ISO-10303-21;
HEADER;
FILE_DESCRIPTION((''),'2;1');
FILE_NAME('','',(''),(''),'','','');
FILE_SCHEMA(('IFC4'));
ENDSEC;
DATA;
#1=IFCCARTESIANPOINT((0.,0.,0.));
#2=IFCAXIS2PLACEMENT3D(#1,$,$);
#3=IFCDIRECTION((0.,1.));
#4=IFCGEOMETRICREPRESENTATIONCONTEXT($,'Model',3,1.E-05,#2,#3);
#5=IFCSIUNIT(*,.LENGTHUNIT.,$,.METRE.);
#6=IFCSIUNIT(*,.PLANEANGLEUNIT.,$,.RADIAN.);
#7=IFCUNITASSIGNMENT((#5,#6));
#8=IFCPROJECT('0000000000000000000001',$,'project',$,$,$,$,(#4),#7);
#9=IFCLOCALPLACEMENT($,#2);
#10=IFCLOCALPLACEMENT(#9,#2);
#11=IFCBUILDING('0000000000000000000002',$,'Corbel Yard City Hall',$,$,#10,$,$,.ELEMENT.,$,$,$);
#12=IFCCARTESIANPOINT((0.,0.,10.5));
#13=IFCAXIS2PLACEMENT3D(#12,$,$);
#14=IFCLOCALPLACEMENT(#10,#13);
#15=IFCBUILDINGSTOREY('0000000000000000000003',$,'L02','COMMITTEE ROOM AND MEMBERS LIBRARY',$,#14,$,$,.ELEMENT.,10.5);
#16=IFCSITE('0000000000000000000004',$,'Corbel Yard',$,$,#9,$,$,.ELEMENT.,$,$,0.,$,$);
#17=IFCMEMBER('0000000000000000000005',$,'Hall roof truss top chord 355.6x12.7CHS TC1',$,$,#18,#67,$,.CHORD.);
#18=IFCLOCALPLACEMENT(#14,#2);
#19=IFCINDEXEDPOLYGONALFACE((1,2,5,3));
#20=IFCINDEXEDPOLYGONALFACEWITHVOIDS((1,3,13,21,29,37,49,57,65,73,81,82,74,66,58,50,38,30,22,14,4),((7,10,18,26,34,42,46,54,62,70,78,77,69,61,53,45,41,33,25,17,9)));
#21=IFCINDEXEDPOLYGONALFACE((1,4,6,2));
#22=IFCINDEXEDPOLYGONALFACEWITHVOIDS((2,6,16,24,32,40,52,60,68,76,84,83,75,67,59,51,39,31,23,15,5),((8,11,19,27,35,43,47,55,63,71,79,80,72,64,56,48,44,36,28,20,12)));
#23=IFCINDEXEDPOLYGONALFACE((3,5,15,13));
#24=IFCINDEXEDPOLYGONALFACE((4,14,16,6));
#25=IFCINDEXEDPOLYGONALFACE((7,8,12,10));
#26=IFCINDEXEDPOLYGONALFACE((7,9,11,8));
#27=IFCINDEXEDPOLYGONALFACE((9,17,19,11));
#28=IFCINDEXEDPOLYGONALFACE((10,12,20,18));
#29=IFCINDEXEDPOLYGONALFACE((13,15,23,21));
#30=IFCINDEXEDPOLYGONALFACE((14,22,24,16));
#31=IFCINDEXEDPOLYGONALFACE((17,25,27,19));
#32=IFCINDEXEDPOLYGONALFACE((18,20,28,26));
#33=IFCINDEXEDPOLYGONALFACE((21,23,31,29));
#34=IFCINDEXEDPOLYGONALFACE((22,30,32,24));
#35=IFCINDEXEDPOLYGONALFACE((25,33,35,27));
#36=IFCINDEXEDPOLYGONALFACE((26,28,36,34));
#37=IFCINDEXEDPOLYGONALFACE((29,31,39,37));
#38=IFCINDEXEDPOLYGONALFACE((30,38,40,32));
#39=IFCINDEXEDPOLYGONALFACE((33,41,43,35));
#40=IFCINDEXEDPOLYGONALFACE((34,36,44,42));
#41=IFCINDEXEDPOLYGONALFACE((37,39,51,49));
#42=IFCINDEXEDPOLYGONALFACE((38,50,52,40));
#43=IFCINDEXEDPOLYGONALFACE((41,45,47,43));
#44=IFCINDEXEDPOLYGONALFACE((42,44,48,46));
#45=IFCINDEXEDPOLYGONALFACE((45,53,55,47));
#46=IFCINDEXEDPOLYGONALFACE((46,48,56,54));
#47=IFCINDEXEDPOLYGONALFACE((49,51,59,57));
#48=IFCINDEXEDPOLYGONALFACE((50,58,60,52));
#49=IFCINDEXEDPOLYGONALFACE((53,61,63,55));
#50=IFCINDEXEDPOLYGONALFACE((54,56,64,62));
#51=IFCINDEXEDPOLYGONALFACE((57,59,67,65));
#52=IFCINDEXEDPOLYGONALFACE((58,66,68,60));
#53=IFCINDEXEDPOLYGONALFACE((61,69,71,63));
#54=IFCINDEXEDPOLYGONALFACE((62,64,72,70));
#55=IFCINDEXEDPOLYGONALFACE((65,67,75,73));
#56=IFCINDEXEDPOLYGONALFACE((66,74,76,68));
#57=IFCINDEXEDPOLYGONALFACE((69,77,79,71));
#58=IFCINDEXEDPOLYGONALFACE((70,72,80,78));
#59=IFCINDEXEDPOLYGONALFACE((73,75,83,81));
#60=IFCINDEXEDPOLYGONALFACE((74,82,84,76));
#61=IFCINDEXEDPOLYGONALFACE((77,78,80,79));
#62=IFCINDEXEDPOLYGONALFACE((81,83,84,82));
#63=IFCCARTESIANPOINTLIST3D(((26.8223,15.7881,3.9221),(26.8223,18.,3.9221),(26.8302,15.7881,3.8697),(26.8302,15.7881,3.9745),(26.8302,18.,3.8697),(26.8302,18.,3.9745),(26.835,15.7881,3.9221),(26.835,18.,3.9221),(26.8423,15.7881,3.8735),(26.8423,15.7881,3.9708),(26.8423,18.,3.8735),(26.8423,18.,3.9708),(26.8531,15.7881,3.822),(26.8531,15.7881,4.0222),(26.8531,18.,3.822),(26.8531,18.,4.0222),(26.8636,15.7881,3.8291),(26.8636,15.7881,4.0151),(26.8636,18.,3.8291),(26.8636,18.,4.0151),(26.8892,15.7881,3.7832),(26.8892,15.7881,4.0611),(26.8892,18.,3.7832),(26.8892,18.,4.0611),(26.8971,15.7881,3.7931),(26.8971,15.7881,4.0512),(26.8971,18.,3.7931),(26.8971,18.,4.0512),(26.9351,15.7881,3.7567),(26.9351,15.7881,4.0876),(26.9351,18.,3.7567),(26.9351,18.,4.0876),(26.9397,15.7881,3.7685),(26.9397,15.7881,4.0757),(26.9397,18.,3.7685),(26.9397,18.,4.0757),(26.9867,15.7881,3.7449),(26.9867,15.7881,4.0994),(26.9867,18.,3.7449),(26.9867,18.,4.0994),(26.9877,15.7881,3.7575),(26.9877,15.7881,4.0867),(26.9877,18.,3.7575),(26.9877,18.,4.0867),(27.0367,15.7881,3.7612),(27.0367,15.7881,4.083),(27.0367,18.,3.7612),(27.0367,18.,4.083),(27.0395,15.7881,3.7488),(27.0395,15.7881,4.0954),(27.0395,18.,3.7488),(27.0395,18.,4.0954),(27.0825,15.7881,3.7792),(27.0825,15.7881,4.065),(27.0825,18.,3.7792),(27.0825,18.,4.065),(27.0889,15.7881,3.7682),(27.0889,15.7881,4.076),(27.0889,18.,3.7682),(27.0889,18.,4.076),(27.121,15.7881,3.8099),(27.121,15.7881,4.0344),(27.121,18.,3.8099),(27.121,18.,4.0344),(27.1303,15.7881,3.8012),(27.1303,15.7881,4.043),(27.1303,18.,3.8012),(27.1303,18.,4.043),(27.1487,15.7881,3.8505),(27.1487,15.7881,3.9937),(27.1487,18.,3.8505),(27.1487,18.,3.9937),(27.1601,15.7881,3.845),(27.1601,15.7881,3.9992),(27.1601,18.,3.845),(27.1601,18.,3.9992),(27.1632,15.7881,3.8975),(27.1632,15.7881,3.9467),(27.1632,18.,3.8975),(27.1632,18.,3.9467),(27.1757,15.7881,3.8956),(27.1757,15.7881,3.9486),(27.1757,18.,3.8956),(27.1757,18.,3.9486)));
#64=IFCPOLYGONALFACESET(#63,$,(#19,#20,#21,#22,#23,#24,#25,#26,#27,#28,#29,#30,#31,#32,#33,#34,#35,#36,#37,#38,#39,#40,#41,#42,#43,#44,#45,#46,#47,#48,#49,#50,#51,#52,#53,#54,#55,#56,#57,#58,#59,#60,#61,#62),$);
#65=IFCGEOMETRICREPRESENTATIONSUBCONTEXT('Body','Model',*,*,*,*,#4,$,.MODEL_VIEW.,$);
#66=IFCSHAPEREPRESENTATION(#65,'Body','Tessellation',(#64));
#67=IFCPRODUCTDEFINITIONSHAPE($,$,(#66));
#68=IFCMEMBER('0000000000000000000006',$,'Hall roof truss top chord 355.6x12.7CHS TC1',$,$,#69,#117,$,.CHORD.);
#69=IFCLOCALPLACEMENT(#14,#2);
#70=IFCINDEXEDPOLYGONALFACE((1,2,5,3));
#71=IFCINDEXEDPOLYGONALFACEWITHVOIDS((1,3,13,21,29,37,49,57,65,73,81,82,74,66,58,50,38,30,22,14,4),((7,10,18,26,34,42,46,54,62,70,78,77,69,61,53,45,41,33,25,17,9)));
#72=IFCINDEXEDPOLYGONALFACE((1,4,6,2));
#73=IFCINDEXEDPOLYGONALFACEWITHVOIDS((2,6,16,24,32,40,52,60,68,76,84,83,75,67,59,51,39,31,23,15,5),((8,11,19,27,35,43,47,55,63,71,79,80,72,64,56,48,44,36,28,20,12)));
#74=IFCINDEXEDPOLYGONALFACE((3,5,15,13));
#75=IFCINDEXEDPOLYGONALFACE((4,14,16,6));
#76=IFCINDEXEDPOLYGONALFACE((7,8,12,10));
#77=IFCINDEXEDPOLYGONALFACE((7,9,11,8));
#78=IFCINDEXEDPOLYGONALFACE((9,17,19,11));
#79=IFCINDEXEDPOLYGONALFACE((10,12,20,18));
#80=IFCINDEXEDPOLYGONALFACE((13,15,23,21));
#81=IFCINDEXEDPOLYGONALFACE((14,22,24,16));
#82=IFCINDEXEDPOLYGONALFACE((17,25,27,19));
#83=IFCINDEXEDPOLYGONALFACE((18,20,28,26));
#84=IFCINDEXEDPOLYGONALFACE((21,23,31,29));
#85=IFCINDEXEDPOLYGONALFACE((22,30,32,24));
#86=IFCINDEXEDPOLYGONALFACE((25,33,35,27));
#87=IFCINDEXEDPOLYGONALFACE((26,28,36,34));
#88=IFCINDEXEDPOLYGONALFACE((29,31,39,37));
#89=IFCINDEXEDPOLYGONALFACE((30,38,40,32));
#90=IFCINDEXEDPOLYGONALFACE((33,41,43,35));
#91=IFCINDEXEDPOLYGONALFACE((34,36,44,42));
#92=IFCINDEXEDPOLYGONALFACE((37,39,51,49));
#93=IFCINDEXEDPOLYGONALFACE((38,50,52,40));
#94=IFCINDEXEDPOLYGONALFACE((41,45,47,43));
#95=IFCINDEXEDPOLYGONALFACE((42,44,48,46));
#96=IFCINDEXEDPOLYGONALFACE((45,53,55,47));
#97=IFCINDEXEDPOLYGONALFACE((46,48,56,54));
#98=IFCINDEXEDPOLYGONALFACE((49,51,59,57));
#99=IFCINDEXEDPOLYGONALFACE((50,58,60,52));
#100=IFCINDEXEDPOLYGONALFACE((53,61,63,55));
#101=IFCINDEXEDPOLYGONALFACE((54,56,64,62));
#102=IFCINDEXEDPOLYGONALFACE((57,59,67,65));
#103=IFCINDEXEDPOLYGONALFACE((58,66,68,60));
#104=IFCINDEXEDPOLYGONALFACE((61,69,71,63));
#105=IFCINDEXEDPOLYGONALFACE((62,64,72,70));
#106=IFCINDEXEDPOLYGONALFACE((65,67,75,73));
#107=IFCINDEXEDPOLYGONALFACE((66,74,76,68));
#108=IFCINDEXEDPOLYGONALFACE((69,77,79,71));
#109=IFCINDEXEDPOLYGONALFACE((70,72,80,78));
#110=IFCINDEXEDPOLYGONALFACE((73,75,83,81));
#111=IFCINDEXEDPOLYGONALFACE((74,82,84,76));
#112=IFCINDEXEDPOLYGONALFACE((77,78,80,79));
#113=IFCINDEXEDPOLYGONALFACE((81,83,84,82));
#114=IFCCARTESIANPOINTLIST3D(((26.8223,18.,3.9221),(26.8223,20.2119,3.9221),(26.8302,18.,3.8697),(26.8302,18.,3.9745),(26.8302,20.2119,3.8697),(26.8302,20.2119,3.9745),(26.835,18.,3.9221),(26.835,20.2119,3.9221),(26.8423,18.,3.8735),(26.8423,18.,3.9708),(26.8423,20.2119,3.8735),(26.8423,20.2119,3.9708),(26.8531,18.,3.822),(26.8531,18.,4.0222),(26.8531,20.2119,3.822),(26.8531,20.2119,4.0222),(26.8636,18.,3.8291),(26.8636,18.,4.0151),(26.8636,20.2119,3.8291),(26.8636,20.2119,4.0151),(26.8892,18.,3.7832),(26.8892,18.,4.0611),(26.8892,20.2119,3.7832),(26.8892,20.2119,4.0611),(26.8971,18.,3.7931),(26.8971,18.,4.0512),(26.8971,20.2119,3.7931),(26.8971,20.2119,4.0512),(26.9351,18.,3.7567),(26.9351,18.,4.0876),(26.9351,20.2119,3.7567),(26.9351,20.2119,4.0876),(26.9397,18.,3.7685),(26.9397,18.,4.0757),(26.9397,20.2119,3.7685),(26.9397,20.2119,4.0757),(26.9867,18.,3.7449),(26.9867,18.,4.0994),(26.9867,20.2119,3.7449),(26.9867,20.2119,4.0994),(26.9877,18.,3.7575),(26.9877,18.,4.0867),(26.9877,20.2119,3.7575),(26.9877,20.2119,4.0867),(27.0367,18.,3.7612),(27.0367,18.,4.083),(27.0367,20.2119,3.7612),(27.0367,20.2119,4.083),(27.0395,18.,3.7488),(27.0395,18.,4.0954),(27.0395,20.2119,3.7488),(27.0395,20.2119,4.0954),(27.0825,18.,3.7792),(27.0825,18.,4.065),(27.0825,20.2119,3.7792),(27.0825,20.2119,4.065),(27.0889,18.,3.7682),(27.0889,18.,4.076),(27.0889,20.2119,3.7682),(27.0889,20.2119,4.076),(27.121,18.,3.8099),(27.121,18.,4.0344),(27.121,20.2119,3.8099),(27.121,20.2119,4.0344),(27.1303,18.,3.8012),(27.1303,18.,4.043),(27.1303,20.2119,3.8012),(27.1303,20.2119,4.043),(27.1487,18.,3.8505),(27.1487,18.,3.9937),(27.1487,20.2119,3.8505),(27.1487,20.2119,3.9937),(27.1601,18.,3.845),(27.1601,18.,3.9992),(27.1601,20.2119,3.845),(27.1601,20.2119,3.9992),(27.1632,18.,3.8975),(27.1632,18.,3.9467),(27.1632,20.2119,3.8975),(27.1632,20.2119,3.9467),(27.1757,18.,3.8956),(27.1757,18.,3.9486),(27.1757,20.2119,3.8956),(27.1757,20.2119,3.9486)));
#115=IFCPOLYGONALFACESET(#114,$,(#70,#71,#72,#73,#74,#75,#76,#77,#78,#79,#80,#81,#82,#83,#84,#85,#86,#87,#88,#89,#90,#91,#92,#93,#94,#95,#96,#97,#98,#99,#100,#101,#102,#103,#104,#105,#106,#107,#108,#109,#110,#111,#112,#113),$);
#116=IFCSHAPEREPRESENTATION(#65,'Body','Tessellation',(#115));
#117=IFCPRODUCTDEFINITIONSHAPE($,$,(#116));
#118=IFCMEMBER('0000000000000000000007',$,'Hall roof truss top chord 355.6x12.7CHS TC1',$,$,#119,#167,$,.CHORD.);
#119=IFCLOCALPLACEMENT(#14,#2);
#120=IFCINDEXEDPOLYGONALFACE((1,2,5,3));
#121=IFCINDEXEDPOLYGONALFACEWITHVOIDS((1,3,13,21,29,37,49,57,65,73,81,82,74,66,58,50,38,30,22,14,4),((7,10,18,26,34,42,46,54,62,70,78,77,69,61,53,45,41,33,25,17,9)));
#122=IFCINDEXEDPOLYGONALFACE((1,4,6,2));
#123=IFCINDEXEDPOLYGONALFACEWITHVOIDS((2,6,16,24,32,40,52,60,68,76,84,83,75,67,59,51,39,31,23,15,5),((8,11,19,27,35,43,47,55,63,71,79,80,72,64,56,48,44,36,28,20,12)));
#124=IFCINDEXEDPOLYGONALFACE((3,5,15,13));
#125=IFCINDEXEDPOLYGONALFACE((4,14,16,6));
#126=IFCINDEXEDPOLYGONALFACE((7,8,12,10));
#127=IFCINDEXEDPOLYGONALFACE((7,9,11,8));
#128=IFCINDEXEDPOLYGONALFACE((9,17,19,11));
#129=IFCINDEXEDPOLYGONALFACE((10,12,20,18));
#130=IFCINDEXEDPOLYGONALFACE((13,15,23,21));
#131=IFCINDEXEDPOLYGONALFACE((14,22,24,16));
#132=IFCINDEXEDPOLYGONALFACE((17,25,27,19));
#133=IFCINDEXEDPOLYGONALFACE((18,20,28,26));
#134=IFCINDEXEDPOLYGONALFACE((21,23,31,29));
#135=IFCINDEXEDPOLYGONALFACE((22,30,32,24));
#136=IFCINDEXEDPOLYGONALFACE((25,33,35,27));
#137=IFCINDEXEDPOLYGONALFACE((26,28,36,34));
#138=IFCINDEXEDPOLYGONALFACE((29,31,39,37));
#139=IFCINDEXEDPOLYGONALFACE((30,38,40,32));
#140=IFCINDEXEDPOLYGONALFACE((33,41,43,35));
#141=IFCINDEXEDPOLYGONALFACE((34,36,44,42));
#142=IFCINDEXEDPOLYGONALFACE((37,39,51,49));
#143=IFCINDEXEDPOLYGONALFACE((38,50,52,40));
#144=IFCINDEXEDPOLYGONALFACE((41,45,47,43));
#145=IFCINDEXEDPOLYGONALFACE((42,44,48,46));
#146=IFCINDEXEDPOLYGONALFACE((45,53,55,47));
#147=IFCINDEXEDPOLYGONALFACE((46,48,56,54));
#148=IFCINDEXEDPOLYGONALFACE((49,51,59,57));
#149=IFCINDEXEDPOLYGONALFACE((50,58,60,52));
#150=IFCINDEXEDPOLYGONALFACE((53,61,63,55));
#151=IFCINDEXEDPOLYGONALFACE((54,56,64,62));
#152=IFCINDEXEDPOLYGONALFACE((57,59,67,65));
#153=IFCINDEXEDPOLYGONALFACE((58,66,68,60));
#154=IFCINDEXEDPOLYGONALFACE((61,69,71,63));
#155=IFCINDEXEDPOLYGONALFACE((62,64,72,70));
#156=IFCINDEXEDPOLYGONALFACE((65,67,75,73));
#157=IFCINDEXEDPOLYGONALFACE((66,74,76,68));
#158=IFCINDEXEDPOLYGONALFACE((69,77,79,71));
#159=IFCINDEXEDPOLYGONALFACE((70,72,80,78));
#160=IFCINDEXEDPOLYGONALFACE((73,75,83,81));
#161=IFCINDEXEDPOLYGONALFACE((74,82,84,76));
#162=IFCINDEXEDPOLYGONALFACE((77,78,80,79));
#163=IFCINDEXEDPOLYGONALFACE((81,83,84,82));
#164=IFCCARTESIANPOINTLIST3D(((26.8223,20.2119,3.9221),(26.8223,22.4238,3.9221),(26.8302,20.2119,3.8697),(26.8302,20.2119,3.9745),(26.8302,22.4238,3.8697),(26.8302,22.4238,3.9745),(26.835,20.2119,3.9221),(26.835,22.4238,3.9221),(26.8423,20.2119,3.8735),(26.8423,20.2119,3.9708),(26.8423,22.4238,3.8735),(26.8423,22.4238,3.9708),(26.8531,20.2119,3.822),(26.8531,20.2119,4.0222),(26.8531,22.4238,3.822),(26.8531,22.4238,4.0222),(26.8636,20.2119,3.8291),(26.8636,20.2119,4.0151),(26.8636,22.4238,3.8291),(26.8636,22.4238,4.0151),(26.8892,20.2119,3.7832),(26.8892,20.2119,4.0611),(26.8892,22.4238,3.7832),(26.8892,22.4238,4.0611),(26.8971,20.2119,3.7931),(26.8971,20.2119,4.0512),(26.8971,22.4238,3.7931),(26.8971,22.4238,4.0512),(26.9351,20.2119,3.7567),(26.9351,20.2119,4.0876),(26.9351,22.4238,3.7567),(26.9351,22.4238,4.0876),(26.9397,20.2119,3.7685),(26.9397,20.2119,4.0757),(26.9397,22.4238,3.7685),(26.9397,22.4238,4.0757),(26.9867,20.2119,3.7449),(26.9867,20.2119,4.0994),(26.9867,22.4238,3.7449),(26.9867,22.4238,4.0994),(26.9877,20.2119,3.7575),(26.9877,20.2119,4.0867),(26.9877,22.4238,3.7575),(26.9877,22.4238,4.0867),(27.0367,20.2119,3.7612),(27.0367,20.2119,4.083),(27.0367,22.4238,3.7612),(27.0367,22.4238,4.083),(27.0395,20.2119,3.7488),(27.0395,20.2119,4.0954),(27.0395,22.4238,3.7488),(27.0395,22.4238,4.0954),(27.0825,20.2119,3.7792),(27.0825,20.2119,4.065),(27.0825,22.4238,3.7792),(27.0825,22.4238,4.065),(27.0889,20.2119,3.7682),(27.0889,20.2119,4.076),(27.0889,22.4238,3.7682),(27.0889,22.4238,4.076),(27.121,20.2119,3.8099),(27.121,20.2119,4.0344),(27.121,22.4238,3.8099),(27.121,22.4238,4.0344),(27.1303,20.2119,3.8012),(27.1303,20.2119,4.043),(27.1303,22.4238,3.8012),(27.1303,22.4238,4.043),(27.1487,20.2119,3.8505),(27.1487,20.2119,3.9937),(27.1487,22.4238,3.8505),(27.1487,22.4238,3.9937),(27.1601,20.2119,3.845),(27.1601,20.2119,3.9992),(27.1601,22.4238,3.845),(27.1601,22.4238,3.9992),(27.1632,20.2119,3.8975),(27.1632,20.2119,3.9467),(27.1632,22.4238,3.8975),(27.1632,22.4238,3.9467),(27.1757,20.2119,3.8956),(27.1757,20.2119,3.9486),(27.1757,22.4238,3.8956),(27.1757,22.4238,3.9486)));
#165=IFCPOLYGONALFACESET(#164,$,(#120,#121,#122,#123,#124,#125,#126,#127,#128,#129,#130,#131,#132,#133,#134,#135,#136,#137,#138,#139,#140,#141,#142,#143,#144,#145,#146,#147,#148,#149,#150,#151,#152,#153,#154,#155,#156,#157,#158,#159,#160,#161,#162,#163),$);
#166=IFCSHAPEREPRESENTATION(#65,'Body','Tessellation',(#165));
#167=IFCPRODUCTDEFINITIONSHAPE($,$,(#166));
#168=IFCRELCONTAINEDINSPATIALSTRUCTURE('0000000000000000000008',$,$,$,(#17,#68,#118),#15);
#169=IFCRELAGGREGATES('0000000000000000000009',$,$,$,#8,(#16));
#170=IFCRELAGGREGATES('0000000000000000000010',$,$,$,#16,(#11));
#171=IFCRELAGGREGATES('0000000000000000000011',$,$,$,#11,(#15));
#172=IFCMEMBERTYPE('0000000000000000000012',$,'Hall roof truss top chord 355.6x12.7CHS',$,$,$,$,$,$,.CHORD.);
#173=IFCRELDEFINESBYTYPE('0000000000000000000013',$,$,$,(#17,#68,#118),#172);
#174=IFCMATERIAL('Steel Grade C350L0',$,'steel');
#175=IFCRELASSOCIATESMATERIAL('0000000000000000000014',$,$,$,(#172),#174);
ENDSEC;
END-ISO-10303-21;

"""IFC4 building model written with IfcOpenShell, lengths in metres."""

from ifc_helpers import new_model, si_unit, direction, frame, origin, origin_2d, place, context, subcontext, project, spatial, hollow_circle, extrude, material, material_profile, profile_set, type_object, element, save


model = new_model("IFC4")

# Units and contexts
model_context = context("Model", 3, precision=1e-05, world=origin(), true_north=direction((0.0, 1.0)))
body_context = subcontext(model_context, "Body", "Model", "MODEL_VIEW")
ifc_project = project(units=[si_unit("LENGTHUNIT", "METRE"), si_unit("PLANEANGLEUNIT", "RADIAN")], contexts=[model_context])

# Site, building, storey
site_placement = place(None, origin())
site = spatial("IfcSite", under=ifc_project, at=site_placement, Name="Corbel Yard", CompositionType="ELEMENT", RefElevation=0.0)
building_placement = place(site_placement, origin())
building = spatial("IfcBuilding", under=site, at=building_placement, Name="Corbel Yard City Hall", CompositionType="ELEMENT")
storey_placement = place(building_placement, frame((0.0, 0.0, 10.5)))
storey = spatial("IfcBuildingStorey", under=building, at=storey_placement, Name="L02", Description="COMMITTEE ROOM AND MEMBERS LIBRARY", CompositionType="ELEMENT", Elevation=10.5)

# Members
ifc_material_1 = material(Name="Steel Grade C350L0", Category="steel")
ifc_material_profile_1 = material_profile(ifc_material_1, hollow_circle(Radius=0.1777, WallThickness=0.0127, at=origin_2d()), Name="355.6x12.7CHS")
ifc_profile_set_1 = profile_set([ifc_material_profile_1], Name="Steel Grade C350L0")
member_type_1 = type_object("IfcMemberType", Name="Hall roof truss top chord 355.6x12.7CHS", PredefinedType="CHORD", material=ifc_profile_set_1)
for number, where, z_axis, x_axis, name in (
    (1, (27.0, 15.7881, 3.9221), (0.0, 1.0, 0.0), (-1.0, 0.0, 0.0), "Hall roof truss top chord 355.6x12.7CHS TC1"),
    (2, (27.0, 18.0, 3.9221), (0.0, 1.0, 0.0), (-1.0, 0.0, 0.0), "Hall roof truss top chord 355.6x12.7CHS TC1"),
    (3, (27.0, 20.2119, 3.9221), (0.0, 1.0, 0.0), (-1.0, 0.0, 0.0), "Hall roof truss top chord 355.6x12.7CHS TC1"),
):
    element("IfcMember", number, at=place(storey_placement, frame(where, z_axis=z_axis, x_axis=x_axis)), inside=storey, type_object=member_type_1, Name=name, PredefinedType="CHORD", context=body_context, shape_type="SweptSolid", body=[
        extrude(hollow_circle(Radius=0.1777, WallThickness=0.0127, at=origin_2d()), origin(), (0.0, 0.0, 1.0), 2.2119),
    ])

save(model, "model.ifc")
